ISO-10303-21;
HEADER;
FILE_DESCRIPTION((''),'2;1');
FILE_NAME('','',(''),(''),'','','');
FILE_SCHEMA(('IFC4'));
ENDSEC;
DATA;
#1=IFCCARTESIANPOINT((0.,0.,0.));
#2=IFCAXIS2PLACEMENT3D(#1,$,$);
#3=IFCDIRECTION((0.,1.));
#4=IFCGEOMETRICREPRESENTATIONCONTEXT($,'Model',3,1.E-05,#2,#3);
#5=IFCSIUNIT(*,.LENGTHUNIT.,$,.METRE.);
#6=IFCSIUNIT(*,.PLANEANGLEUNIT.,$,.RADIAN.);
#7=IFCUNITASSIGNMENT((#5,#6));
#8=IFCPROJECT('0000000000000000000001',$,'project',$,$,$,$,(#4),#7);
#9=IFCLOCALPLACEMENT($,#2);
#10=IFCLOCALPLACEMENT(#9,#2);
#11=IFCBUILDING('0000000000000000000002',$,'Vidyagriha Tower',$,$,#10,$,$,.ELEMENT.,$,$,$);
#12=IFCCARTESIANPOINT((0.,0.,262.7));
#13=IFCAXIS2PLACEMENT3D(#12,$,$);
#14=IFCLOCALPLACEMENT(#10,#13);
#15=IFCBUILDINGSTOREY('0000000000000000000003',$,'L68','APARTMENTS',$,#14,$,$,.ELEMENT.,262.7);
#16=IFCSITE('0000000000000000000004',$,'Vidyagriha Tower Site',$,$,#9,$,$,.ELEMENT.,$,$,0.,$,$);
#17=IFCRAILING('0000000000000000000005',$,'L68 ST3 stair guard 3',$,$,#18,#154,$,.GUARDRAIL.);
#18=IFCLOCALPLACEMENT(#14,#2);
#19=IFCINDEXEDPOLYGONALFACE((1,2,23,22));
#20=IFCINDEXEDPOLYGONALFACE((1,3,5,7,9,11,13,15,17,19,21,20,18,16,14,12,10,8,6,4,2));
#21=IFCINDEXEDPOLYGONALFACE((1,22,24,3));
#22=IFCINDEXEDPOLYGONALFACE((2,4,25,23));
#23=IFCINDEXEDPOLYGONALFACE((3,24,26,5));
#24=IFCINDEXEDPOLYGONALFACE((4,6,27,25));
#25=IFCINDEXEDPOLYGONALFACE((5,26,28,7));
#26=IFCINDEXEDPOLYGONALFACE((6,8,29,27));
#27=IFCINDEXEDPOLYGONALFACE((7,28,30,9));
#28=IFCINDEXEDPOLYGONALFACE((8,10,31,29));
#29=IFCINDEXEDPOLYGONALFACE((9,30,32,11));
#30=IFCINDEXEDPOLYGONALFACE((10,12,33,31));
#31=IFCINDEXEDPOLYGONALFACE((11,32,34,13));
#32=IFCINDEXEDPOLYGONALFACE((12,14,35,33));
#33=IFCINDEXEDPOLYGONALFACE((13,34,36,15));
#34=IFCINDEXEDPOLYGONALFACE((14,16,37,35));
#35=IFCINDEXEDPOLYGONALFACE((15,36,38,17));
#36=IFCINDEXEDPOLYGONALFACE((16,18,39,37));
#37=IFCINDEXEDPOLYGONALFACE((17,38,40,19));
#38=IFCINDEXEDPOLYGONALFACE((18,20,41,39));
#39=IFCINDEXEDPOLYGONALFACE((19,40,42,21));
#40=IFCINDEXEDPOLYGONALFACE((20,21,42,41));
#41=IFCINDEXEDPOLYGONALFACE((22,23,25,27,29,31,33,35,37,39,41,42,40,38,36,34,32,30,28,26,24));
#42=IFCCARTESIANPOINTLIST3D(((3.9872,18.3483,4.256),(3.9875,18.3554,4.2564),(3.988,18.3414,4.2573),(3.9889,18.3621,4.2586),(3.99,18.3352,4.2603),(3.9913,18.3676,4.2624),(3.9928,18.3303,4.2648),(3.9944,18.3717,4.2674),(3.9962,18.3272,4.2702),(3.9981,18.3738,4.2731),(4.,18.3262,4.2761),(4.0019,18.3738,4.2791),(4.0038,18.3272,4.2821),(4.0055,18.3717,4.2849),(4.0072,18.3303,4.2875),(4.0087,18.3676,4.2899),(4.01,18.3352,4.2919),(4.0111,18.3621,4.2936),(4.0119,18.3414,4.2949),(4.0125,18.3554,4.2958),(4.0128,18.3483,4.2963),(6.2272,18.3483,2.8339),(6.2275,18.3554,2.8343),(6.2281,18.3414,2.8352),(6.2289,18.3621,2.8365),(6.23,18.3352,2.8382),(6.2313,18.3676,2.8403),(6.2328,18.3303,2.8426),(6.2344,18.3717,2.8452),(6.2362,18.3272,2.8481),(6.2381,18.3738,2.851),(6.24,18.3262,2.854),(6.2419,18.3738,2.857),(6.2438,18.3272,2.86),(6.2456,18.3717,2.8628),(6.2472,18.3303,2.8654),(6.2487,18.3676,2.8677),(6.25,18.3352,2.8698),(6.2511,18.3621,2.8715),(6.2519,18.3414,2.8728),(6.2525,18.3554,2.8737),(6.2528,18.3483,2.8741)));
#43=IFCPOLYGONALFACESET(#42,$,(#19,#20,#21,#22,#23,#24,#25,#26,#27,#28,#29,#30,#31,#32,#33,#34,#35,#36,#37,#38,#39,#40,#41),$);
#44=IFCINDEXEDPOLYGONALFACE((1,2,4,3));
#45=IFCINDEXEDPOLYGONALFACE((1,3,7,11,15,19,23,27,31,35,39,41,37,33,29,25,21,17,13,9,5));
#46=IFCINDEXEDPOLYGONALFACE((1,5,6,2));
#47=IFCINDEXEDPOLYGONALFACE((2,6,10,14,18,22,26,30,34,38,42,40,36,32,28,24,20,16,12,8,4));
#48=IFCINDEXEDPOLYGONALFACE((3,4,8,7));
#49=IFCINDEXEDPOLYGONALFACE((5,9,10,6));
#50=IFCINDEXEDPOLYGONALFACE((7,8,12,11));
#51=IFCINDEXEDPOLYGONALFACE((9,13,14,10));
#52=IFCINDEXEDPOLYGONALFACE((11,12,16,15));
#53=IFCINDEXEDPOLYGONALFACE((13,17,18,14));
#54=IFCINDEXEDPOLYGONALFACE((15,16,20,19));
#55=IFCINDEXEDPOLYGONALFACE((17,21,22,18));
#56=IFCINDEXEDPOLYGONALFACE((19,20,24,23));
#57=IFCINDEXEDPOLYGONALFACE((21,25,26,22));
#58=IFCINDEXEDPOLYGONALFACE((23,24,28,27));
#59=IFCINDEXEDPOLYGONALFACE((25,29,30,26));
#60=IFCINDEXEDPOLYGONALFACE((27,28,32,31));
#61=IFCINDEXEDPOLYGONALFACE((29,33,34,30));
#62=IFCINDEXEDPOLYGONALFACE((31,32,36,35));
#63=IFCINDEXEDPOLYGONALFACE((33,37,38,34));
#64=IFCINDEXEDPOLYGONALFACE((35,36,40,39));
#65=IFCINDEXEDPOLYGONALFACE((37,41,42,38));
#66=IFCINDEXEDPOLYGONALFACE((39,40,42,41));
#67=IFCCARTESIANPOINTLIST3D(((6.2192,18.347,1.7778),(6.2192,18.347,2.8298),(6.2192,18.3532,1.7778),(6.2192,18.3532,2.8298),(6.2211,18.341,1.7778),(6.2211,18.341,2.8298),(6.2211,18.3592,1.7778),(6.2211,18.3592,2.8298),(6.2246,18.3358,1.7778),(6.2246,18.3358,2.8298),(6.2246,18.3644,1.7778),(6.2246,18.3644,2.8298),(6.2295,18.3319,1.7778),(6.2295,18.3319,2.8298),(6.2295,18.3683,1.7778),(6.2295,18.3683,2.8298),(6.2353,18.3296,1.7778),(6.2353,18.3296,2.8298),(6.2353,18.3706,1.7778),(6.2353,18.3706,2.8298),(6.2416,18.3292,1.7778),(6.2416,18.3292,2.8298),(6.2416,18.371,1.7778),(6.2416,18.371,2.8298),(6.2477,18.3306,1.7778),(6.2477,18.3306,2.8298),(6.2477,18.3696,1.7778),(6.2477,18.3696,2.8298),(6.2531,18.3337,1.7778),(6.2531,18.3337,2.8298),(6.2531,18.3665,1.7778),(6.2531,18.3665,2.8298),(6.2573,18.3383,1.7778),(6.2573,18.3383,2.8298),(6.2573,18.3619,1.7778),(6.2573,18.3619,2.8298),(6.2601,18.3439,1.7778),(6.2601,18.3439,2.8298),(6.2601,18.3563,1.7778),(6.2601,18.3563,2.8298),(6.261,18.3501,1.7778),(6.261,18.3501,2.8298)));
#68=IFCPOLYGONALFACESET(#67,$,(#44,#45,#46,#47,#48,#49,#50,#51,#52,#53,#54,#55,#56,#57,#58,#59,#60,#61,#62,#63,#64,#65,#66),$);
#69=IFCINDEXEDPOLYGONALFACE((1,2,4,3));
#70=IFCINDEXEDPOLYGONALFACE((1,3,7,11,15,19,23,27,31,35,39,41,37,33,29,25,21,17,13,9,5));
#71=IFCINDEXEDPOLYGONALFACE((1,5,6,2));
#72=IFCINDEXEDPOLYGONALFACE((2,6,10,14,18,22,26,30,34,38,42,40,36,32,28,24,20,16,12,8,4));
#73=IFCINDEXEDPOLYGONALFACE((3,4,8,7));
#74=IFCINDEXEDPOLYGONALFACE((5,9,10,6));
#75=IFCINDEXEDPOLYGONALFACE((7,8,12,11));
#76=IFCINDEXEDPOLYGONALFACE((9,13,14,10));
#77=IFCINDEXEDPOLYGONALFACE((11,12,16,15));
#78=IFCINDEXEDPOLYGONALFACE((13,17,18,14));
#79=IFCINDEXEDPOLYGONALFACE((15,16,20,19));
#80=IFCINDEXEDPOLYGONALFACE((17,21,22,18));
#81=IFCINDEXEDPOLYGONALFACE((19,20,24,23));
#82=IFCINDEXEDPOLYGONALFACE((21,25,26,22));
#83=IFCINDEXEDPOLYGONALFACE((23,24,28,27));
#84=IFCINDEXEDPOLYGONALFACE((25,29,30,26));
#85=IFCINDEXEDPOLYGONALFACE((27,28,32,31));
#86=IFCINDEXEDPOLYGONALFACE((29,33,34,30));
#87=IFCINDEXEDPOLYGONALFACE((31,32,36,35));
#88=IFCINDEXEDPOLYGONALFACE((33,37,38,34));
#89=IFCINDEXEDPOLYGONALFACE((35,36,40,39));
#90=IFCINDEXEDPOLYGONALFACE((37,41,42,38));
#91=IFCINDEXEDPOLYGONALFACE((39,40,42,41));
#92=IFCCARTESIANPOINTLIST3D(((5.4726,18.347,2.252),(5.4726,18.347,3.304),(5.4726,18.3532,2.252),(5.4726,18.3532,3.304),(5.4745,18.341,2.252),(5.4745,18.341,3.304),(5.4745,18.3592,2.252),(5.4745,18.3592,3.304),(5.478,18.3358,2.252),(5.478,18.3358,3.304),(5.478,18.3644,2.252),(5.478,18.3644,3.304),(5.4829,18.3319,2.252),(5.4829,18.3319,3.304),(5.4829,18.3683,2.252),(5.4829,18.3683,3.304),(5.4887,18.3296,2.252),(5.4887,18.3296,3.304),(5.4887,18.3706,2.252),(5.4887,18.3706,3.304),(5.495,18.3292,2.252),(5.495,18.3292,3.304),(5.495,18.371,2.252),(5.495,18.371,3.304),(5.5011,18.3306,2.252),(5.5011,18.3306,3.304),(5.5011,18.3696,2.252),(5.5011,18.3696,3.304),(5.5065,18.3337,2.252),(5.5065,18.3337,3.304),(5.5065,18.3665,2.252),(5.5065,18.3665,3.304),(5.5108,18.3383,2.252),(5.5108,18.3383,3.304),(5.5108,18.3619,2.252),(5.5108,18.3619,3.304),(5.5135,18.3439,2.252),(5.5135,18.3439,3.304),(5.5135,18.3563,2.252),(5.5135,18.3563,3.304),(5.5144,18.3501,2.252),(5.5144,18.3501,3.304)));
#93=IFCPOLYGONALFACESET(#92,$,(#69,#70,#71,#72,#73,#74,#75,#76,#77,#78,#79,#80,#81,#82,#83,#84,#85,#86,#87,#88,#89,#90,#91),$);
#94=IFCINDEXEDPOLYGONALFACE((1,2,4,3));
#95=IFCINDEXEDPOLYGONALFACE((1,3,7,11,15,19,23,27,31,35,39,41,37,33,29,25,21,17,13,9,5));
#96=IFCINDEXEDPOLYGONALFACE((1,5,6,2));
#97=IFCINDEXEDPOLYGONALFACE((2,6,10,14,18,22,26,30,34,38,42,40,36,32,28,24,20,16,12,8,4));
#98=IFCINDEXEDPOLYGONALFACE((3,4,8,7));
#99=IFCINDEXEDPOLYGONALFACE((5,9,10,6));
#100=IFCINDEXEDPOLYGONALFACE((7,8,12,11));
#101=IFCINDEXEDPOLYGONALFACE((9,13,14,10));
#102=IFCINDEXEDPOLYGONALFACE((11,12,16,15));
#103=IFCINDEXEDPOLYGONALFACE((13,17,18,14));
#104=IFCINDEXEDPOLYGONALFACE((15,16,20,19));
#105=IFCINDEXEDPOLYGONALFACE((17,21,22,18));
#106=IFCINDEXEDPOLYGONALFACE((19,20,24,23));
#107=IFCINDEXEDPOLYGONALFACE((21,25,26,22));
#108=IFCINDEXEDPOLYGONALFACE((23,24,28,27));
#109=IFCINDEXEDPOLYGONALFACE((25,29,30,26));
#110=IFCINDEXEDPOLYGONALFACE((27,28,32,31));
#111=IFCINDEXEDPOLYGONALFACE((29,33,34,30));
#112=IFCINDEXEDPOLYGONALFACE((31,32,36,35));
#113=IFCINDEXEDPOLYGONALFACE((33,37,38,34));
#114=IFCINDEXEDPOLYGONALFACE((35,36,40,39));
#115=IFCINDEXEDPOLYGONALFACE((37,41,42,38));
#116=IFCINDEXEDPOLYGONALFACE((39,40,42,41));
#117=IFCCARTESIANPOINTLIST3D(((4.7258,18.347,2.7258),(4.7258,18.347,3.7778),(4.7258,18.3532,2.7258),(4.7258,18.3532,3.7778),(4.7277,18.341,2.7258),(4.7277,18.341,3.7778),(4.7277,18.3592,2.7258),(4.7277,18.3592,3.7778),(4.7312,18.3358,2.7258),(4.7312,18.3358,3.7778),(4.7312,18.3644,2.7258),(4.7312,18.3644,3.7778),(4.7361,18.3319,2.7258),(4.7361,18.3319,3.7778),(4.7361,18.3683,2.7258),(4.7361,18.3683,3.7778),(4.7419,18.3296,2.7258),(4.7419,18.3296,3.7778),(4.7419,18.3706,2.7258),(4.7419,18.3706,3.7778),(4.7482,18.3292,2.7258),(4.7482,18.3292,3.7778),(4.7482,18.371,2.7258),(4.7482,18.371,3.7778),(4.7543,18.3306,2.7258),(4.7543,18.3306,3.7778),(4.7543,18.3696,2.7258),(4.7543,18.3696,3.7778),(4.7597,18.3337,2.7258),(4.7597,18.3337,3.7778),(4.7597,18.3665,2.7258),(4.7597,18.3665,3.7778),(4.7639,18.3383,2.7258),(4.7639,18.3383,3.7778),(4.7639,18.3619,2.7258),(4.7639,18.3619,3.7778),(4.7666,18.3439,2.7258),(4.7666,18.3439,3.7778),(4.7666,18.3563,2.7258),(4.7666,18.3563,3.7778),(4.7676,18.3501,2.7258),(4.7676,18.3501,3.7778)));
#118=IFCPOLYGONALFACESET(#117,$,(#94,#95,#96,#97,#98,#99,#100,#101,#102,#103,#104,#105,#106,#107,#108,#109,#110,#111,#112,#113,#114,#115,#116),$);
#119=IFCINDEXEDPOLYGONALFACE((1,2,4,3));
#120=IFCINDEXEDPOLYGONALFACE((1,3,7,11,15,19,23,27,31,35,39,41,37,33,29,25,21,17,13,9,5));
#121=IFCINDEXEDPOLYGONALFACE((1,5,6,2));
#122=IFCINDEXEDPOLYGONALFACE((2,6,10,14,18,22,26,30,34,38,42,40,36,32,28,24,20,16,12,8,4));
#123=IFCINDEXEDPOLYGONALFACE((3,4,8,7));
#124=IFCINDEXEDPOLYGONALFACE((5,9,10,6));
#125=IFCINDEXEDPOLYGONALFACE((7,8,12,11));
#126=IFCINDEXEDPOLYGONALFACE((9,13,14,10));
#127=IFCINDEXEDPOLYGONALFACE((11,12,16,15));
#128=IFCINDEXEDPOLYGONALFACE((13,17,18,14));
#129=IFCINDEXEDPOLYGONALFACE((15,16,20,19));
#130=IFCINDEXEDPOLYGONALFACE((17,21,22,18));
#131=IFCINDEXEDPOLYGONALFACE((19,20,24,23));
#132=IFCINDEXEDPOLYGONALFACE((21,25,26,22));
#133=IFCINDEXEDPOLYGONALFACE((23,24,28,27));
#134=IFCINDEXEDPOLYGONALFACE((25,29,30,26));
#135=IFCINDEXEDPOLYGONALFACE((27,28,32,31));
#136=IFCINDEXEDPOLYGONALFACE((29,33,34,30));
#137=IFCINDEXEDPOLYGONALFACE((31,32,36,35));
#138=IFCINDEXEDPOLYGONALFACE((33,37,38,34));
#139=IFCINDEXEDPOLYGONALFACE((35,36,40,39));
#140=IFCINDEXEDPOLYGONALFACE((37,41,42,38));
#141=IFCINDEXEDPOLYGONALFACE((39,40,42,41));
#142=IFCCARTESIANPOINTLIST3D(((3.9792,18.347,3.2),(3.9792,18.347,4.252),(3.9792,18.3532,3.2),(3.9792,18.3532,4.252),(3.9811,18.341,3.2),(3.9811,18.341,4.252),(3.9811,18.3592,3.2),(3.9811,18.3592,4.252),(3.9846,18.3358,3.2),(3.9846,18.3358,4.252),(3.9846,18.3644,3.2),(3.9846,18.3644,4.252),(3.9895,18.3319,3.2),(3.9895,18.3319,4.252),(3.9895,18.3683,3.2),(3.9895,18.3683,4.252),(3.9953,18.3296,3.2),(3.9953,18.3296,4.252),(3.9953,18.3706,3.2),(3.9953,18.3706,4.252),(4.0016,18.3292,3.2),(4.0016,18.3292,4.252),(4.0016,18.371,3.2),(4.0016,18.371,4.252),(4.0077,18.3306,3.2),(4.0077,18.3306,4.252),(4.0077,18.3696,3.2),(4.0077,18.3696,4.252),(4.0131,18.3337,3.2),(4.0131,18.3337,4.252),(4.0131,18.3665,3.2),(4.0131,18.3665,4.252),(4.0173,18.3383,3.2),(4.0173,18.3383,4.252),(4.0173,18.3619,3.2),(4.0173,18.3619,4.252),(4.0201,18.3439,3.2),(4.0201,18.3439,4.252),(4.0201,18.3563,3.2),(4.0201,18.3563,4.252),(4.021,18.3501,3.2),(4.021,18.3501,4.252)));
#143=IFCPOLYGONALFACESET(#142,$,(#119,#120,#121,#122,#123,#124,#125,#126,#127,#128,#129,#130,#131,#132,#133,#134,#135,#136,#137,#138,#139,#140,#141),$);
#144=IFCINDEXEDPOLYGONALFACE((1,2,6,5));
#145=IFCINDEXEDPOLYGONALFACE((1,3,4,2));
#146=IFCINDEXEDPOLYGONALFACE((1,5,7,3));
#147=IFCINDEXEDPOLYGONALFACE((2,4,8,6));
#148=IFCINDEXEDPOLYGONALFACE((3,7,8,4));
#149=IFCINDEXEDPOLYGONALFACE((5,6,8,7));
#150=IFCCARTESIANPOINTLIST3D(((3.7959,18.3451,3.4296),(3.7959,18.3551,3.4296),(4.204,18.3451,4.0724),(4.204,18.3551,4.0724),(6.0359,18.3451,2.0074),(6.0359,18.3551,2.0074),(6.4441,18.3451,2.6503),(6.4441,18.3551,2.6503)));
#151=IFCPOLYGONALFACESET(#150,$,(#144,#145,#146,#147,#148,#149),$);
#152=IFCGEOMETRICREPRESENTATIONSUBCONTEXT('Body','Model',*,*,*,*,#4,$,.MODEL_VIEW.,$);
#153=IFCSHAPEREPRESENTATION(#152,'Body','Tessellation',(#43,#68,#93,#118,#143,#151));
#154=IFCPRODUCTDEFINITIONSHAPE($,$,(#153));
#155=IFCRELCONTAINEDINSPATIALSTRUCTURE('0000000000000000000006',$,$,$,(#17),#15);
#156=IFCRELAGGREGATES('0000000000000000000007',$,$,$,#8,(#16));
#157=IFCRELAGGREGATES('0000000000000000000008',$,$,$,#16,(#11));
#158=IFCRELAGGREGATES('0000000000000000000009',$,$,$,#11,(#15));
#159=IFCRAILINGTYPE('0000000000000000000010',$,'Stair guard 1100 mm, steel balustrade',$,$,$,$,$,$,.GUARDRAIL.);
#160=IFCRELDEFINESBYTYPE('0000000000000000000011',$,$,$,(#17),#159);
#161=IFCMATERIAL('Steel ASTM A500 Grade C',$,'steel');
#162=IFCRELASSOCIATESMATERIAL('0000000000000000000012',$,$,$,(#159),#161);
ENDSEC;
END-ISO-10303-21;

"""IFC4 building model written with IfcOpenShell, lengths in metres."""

from ifc_helpers import new_model, si_unit, direction, frame, origin, origin_2d, place, context, subcontext, project, spatial, rectangle, circle, extrude, material, type_object, element, save


model = new_model("IFC4")

# Units and contexts
model_context = context("Model", 3, precision=1e-05, world=origin(), true_north=direction((0.0, 1.0)))
body_context = subcontext(model_context, "Body", "Model", "MODEL_VIEW")
ifc_project = project(units=[si_unit("LENGTHUNIT", "METRE"), si_unit("PLANEANGLEUNIT", "RADIAN")], contexts=[model_context])

# Site, building, storey
site_placement = place(None, origin())
site = spatial("IfcSite", under=ifc_project, at=site_placement, Name="Vidyagriha Tower Site", CompositionType="ELEMENT", RefElevation=0.0)
building_placement = place(site_placement, origin())
building = spatial("IfcBuilding", under=site, at=building_placement, Name="Vidyagriha Tower", CompositionType="ELEMENT")
storey_placement = place(building_placement, frame((0.0, 0.0, 262.7)))
storey = spatial("IfcBuildingStorey", under=building, at=storey_placement, Name="L68", Description="APARTMENTS", CompositionType="ELEMENT", Elevation=262.7)

# Railing
ifc_material_1 = material(Name="Steel ASTM A500 Grade C", Category="steel")
railing_type_1 = type_object("IfcRailingType", Name="Stair guard 1100 mm, steel balustrade", PredefinedType="GUARDRAIL", material=ifc_material_1)
railing_1_placement = place(storey_placement, frame((6.24, 18.3501, 1.7778)))
element("IfcRailing", 1, at=railing_1_placement, inside=storey, type_object=railing_type_1, Name="L68 ST3 stair guard 3", PredefinedType="GUARDRAIL", context=body_context, shape_type="SweptSolid", body=[
    extrude(circle(Radius=0.0239, at=origin_2d()), frame((0.0, 0.0, 1.0762), z_axis=(-0.844229, 0.0, 0.535982), x_axis=(0.0, -1.0, 0.0)), (0.0, 0.0, 1.0), 2.6533),
    extrude(circle(Radius=0.021, at=origin_2d()), origin(), (0.0, 0.0, 1.0), 1.052),
    extrude(circle(Radius=0.021, at=origin_2d()), frame((-0.7466, 0.0, 0.4741)), (0.0, 0.0, 1.0), 1.052),
    extrude(circle(Radius=0.021, at=origin_2d()), frame((-1.4934, 0.0, 0.948)), (0.0, 0.0, 1.0), 1.052),
    extrude(circle(Radius=0.021, at=origin_2d()), frame((-2.24, 0.0, 1.4221)), (0.0, 0.0, 1.0), 1.052),
    extrude(rectangle(XDim=0.01, YDim=0.7615, at=origin_2d()), frame((0.0, 0.0, 0.551), z_axis=(-0.844229, 0.0, 0.535982), x_axis=(0.0, -1.0, 0.0)), (0.0, 0.0, 1.0), 2.6533),
])

save(model, "model.ifc")
